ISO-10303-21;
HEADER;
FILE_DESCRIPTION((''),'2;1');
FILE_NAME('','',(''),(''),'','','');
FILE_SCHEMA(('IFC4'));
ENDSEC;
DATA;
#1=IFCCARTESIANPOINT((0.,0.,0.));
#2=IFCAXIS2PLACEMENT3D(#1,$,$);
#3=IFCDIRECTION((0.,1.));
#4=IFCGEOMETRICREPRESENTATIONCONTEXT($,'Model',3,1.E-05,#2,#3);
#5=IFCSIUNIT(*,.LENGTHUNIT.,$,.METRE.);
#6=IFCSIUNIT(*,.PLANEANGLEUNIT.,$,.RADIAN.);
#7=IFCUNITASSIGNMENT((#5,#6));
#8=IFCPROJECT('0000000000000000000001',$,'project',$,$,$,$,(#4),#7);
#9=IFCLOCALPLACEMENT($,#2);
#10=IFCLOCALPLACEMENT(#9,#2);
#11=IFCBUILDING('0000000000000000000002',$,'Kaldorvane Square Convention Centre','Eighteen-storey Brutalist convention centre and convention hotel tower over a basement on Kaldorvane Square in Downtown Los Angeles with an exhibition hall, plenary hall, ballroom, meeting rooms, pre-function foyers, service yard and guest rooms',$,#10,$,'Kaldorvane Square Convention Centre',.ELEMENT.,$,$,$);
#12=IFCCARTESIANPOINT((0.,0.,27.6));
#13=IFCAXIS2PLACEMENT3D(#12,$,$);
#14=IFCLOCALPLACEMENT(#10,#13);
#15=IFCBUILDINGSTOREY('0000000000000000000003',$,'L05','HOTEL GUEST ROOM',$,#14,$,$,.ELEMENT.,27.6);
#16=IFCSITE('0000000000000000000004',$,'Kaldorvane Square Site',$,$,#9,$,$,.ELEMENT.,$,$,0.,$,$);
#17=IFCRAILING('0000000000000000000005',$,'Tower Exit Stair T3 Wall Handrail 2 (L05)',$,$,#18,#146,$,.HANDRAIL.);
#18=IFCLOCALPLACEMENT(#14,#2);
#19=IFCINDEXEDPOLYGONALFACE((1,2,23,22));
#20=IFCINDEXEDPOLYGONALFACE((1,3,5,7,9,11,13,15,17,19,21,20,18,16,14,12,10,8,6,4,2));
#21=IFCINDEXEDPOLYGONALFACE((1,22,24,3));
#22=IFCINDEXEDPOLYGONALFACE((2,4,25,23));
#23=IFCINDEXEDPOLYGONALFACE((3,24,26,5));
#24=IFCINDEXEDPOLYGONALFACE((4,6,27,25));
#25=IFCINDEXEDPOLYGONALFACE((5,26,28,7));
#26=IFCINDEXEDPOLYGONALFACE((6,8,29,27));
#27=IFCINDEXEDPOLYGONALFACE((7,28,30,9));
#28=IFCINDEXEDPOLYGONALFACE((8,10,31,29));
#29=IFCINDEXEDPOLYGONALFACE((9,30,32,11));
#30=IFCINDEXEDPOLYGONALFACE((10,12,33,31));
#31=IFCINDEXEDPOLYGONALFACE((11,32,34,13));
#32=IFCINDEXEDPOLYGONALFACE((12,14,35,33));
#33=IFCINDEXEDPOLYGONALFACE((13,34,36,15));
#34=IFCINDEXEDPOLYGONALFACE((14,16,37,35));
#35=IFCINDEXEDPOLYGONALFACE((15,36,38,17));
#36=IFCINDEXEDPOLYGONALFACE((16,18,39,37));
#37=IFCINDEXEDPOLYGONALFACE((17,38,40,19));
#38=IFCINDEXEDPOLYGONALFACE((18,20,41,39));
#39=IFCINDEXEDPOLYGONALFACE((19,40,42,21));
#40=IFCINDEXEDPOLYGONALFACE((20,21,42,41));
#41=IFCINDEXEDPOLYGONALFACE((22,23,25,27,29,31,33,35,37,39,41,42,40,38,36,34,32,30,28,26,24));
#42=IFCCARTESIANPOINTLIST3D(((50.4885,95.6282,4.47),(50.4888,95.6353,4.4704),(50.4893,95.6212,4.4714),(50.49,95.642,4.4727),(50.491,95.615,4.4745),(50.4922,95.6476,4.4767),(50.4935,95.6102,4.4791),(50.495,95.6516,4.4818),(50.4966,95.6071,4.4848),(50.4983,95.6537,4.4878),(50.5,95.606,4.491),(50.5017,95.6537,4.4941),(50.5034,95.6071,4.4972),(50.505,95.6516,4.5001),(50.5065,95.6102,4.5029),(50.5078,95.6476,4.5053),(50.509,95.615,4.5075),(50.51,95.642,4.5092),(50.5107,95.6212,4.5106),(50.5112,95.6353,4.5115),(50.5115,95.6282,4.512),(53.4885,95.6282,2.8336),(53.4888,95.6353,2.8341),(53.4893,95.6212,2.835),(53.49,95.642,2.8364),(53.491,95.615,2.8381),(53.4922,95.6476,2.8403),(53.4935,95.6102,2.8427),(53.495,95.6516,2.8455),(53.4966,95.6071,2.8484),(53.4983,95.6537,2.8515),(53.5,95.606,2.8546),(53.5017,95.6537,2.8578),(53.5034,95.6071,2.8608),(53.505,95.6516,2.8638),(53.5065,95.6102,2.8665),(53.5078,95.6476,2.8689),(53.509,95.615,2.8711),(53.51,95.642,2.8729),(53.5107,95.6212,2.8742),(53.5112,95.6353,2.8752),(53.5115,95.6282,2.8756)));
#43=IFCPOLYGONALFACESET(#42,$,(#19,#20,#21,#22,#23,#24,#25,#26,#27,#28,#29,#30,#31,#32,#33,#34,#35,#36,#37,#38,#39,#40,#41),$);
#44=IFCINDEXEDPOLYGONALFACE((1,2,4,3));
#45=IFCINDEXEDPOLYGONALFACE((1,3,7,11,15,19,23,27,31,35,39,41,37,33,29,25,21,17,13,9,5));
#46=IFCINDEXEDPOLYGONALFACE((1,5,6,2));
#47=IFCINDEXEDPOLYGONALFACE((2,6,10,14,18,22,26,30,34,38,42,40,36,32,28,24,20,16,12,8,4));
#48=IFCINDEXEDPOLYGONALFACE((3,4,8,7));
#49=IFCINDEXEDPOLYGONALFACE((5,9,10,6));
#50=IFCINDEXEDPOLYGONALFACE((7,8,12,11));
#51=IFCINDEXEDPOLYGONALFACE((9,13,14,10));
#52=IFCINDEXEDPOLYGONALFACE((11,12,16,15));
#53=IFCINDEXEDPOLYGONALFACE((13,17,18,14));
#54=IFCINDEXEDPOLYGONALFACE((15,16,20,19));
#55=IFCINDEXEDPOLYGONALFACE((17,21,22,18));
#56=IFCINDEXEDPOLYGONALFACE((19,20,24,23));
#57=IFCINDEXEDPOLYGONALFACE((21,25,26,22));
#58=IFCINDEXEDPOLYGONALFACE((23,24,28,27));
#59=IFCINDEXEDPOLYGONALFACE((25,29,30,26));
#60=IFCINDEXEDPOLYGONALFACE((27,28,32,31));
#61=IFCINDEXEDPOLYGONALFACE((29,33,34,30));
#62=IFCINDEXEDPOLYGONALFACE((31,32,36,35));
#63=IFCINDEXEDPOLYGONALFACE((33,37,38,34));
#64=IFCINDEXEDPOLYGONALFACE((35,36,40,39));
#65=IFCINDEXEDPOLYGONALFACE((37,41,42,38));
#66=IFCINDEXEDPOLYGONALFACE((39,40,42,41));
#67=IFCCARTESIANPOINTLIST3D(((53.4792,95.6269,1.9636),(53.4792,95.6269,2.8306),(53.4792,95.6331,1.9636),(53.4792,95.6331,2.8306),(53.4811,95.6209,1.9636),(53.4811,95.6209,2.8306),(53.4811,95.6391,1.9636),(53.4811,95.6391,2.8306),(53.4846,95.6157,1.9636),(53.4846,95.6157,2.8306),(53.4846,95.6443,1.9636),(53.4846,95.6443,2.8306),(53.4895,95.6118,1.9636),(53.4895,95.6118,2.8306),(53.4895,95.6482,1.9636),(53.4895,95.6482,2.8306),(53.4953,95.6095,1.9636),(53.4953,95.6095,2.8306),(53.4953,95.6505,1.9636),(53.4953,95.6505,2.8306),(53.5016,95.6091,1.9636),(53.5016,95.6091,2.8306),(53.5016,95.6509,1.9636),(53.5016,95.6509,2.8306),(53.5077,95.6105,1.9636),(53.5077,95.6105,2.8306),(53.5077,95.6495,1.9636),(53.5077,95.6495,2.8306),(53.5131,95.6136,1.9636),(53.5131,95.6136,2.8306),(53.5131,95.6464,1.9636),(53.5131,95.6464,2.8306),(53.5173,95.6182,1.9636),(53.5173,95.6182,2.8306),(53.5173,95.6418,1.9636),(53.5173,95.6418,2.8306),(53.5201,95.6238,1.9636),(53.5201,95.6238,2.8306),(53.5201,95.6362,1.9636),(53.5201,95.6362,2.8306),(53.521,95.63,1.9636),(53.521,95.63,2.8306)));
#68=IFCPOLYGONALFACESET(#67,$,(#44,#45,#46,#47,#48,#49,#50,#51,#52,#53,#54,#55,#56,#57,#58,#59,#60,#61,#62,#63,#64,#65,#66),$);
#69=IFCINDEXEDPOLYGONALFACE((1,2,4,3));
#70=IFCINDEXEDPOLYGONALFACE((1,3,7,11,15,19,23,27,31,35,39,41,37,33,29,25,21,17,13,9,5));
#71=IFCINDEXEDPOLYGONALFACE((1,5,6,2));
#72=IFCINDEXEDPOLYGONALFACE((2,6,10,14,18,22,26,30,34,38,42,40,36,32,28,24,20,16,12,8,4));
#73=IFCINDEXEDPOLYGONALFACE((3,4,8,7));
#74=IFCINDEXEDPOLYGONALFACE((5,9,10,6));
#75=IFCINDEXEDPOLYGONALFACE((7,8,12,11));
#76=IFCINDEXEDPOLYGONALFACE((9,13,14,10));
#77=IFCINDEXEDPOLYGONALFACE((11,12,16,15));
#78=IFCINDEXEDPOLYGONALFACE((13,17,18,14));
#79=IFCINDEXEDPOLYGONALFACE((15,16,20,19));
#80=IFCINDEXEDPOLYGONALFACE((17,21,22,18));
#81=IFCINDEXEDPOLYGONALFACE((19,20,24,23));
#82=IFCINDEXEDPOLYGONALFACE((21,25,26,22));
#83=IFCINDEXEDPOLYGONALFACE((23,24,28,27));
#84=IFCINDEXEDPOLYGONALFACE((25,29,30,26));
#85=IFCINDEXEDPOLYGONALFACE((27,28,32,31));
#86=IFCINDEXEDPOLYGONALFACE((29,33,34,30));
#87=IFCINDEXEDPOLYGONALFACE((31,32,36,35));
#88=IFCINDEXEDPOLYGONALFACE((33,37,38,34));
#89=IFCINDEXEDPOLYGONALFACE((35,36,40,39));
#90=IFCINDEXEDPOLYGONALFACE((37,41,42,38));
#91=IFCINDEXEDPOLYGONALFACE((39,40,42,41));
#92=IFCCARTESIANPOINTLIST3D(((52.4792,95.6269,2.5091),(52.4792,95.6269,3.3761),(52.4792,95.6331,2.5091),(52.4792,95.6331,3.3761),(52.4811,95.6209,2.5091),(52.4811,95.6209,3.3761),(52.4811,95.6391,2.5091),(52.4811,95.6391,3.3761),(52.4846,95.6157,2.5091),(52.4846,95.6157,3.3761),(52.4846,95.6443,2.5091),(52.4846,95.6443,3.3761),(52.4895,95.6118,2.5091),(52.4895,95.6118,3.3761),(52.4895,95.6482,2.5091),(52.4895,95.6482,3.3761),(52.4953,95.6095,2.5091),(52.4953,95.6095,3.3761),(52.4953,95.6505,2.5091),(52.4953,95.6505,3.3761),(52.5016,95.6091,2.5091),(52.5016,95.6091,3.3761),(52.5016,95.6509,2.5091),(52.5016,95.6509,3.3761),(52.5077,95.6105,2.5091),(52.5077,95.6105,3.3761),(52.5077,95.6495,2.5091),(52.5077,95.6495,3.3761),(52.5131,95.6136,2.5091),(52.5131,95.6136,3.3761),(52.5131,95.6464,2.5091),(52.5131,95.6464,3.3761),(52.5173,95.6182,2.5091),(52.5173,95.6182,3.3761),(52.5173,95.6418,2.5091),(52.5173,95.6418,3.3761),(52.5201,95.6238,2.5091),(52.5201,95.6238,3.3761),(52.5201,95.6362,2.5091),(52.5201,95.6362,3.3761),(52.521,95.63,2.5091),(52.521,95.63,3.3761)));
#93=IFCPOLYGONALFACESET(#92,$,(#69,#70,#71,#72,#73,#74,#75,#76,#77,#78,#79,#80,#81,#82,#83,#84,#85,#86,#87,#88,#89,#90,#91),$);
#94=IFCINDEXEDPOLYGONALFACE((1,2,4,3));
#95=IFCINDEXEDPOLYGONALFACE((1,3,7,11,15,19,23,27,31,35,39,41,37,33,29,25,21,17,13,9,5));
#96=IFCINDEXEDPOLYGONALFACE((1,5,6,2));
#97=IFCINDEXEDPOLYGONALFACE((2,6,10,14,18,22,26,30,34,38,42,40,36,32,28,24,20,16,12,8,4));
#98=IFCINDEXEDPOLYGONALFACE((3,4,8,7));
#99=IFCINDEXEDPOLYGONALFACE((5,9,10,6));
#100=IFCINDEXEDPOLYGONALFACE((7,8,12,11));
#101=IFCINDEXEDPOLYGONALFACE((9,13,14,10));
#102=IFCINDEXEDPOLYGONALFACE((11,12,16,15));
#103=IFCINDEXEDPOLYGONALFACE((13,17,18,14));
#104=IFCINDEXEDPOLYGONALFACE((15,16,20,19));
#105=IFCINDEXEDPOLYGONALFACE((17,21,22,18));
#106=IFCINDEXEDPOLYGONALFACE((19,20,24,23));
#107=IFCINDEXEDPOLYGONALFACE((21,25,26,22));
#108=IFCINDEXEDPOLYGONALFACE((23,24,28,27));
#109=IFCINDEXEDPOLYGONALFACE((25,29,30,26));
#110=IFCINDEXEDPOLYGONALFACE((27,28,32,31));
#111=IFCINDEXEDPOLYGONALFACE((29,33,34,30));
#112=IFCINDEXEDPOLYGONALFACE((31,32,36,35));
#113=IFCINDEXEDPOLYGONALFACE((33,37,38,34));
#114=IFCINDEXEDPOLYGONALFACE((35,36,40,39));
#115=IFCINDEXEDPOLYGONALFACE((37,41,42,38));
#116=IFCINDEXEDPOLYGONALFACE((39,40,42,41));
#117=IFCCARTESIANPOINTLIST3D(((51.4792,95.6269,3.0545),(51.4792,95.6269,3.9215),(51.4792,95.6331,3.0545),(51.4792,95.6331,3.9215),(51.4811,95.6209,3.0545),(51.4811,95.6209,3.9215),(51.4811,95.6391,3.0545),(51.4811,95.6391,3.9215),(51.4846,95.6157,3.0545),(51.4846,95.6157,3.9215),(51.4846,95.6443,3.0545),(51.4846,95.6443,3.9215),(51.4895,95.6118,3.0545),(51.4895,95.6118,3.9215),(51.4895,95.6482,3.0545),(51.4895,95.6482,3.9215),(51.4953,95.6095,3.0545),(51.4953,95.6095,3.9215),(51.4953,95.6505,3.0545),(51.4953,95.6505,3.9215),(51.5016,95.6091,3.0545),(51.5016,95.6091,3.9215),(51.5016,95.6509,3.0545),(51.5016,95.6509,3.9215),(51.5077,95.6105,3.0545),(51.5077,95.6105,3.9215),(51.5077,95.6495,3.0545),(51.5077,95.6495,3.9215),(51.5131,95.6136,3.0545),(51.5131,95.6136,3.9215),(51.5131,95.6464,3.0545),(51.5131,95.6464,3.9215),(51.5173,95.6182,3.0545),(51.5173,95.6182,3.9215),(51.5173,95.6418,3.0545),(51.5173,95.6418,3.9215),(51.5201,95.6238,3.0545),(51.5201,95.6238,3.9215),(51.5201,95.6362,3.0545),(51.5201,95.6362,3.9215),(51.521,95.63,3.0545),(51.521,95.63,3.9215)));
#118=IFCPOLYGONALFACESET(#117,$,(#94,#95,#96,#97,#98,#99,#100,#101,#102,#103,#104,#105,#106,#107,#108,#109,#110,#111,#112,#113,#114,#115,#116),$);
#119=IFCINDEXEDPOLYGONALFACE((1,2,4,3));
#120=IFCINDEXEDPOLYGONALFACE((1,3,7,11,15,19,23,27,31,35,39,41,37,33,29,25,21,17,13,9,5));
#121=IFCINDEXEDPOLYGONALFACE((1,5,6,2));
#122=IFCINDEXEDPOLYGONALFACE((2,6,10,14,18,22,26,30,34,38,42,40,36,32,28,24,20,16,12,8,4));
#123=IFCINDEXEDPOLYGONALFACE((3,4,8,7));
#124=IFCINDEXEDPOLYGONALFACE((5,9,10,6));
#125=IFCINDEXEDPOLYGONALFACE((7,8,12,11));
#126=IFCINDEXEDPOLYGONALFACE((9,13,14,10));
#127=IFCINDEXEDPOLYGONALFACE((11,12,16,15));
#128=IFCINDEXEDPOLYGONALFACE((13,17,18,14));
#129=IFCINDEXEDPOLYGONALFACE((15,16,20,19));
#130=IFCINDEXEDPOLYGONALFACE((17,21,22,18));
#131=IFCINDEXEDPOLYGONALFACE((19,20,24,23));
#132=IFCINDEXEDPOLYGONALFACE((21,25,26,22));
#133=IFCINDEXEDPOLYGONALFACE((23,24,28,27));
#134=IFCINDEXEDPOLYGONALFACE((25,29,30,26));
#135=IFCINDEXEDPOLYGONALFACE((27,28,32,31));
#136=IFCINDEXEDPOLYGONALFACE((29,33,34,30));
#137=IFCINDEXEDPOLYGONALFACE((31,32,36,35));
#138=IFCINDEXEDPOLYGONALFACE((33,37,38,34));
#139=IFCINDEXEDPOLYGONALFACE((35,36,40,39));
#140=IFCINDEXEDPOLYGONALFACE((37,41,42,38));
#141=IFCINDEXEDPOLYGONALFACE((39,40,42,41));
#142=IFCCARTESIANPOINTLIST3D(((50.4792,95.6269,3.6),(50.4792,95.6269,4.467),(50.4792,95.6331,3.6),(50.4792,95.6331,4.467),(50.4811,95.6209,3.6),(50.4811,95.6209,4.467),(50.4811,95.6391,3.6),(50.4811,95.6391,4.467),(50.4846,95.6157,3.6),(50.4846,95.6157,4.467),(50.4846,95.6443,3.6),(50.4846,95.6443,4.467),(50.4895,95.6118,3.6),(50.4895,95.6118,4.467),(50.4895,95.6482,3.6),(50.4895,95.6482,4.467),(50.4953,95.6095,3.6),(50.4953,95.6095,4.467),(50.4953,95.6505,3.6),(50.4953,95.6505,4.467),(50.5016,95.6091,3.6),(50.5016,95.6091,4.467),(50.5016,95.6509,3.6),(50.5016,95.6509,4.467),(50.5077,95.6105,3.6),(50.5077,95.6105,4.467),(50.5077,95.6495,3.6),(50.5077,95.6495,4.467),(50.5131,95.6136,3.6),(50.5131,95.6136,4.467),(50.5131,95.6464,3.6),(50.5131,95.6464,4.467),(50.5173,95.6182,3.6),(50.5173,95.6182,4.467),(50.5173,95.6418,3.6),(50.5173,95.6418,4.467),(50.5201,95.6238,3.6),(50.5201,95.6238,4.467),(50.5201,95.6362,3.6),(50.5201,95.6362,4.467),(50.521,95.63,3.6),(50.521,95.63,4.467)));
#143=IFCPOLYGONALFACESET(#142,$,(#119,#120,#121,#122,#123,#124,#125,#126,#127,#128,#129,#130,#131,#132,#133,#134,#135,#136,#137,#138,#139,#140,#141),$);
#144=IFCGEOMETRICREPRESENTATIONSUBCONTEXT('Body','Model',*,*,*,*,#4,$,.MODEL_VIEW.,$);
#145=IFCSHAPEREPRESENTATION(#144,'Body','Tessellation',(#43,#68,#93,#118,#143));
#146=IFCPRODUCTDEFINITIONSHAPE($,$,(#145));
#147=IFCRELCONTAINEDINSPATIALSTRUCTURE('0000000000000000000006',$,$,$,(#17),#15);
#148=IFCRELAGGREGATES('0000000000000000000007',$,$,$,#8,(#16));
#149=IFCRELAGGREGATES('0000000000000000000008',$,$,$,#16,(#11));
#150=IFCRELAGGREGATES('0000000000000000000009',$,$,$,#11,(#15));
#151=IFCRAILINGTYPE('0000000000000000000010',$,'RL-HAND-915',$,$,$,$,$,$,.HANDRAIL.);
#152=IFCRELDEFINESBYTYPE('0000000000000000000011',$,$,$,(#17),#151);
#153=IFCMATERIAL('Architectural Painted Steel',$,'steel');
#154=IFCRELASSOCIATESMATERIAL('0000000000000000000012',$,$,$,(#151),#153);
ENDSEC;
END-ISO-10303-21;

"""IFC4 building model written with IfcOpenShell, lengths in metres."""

from ifc_helpers import new_model, si_unit, direction, frame, origin, origin_2d, place, context, subcontext, project, spatial, circle, extrude, material, type_object, element, save


model = new_model("IFC4")

# Units and contexts
model_context = context("Model", 3, precision=1e-05, world=origin(), true_north=direction((0.0, 1.0)))
body_context = subcontext(model_context, "Body", "Model", "MODEL_VIEW")
ifc_project = project(units=[si_unit("LENGTHUNIT", "METRE"), si_unit("PLANEANGLEUNIT", "RADIAN")], contexts=[model_context])

# Site, building, storey
site_placement = place(None, origin())
site = spatial("IfcSite", under=ifc_project, at=site_placement, Name="Kaldorvane Square Site", CompositionType="ELEMENT", RefElevation=0.0)
building_placement = place(site_placement, origin())
building = spatial("IfcBuilding", under=site, at=building_placement, Name="Kaldorvane Square Convention Centre", Description="Eighteen-storey Brutalist convention centre and convention hotel tower over a basement on Kaldorvane Square in Downtown Los Angeles with an exhibition hall, plenary hall, ballroom, meeting rooms, pre-function foyers, service yard and guest rooms", LongName="Kaldorvane Square Convention Centre", CompositionType="ELEMENT")
storey_placement = place(building_placement, frame((0.0, 0.0, 27.6)))
storey = spatial("IfcBuildingStorey", under=building, at=storey_placement, Name="L05", Description="HOTEL GUEST ROOM", CompositionType="ELEMENT", Elevation=27.6)

# Railing
ifc_material_1 = material(Name="Architectural Painted Steel", Category="steel")
railing_type_1 = type_object("IfcRailingType", Name="RL-HAND-915", PredefinedType="HANDRAIL", material=ifc_material_1)
railing_1_placement = place(storey_placement, frame((53.5, 95.63, 1.9636)))
element("IfcRailing", 1, at=railing_1_placement, inside=storey, type_object=railing_type_1, Name="Tower Exit Stair T3 Wall Handrail 2 (L05)", PredefinedType="HANDRAIL", context=body_context, shape_type="SweptSolid", body=[
    extrude(circle(Radius=0.024, at=origin_2d()), frame((0.0, 0.0, 0.891), z_axis=(-0.877895, 0.0, 0.478853), x_axis=(0.0, -1.0, 0.0)), (0.0, 0.0, 1.0), 3.4173),
    extrude(circle(Radius=0.021, at=origin_2d()), origin(), (0.0, 0.0, 1.0), 0.867),
    extrude(circle(Radius=0.021, at=origin_2d()), frame((-1.0, 0.0, 0.5455)), (0.0, 0.0, 1.0), 0.867),
    extrude(circle(Radius=0.021, at=origin_2d()), frame((-2.0, 0.0, 1.0909)), (0.0, 0.0, 1.0), 0.867),
    extrude(circle(Radius=0.021, at=origin_2d()), frame((-3.0, 0.0, 1.6364)), (0.0, 0.0, 1.0), 0.867),
])

save(model, "model.ifc")
